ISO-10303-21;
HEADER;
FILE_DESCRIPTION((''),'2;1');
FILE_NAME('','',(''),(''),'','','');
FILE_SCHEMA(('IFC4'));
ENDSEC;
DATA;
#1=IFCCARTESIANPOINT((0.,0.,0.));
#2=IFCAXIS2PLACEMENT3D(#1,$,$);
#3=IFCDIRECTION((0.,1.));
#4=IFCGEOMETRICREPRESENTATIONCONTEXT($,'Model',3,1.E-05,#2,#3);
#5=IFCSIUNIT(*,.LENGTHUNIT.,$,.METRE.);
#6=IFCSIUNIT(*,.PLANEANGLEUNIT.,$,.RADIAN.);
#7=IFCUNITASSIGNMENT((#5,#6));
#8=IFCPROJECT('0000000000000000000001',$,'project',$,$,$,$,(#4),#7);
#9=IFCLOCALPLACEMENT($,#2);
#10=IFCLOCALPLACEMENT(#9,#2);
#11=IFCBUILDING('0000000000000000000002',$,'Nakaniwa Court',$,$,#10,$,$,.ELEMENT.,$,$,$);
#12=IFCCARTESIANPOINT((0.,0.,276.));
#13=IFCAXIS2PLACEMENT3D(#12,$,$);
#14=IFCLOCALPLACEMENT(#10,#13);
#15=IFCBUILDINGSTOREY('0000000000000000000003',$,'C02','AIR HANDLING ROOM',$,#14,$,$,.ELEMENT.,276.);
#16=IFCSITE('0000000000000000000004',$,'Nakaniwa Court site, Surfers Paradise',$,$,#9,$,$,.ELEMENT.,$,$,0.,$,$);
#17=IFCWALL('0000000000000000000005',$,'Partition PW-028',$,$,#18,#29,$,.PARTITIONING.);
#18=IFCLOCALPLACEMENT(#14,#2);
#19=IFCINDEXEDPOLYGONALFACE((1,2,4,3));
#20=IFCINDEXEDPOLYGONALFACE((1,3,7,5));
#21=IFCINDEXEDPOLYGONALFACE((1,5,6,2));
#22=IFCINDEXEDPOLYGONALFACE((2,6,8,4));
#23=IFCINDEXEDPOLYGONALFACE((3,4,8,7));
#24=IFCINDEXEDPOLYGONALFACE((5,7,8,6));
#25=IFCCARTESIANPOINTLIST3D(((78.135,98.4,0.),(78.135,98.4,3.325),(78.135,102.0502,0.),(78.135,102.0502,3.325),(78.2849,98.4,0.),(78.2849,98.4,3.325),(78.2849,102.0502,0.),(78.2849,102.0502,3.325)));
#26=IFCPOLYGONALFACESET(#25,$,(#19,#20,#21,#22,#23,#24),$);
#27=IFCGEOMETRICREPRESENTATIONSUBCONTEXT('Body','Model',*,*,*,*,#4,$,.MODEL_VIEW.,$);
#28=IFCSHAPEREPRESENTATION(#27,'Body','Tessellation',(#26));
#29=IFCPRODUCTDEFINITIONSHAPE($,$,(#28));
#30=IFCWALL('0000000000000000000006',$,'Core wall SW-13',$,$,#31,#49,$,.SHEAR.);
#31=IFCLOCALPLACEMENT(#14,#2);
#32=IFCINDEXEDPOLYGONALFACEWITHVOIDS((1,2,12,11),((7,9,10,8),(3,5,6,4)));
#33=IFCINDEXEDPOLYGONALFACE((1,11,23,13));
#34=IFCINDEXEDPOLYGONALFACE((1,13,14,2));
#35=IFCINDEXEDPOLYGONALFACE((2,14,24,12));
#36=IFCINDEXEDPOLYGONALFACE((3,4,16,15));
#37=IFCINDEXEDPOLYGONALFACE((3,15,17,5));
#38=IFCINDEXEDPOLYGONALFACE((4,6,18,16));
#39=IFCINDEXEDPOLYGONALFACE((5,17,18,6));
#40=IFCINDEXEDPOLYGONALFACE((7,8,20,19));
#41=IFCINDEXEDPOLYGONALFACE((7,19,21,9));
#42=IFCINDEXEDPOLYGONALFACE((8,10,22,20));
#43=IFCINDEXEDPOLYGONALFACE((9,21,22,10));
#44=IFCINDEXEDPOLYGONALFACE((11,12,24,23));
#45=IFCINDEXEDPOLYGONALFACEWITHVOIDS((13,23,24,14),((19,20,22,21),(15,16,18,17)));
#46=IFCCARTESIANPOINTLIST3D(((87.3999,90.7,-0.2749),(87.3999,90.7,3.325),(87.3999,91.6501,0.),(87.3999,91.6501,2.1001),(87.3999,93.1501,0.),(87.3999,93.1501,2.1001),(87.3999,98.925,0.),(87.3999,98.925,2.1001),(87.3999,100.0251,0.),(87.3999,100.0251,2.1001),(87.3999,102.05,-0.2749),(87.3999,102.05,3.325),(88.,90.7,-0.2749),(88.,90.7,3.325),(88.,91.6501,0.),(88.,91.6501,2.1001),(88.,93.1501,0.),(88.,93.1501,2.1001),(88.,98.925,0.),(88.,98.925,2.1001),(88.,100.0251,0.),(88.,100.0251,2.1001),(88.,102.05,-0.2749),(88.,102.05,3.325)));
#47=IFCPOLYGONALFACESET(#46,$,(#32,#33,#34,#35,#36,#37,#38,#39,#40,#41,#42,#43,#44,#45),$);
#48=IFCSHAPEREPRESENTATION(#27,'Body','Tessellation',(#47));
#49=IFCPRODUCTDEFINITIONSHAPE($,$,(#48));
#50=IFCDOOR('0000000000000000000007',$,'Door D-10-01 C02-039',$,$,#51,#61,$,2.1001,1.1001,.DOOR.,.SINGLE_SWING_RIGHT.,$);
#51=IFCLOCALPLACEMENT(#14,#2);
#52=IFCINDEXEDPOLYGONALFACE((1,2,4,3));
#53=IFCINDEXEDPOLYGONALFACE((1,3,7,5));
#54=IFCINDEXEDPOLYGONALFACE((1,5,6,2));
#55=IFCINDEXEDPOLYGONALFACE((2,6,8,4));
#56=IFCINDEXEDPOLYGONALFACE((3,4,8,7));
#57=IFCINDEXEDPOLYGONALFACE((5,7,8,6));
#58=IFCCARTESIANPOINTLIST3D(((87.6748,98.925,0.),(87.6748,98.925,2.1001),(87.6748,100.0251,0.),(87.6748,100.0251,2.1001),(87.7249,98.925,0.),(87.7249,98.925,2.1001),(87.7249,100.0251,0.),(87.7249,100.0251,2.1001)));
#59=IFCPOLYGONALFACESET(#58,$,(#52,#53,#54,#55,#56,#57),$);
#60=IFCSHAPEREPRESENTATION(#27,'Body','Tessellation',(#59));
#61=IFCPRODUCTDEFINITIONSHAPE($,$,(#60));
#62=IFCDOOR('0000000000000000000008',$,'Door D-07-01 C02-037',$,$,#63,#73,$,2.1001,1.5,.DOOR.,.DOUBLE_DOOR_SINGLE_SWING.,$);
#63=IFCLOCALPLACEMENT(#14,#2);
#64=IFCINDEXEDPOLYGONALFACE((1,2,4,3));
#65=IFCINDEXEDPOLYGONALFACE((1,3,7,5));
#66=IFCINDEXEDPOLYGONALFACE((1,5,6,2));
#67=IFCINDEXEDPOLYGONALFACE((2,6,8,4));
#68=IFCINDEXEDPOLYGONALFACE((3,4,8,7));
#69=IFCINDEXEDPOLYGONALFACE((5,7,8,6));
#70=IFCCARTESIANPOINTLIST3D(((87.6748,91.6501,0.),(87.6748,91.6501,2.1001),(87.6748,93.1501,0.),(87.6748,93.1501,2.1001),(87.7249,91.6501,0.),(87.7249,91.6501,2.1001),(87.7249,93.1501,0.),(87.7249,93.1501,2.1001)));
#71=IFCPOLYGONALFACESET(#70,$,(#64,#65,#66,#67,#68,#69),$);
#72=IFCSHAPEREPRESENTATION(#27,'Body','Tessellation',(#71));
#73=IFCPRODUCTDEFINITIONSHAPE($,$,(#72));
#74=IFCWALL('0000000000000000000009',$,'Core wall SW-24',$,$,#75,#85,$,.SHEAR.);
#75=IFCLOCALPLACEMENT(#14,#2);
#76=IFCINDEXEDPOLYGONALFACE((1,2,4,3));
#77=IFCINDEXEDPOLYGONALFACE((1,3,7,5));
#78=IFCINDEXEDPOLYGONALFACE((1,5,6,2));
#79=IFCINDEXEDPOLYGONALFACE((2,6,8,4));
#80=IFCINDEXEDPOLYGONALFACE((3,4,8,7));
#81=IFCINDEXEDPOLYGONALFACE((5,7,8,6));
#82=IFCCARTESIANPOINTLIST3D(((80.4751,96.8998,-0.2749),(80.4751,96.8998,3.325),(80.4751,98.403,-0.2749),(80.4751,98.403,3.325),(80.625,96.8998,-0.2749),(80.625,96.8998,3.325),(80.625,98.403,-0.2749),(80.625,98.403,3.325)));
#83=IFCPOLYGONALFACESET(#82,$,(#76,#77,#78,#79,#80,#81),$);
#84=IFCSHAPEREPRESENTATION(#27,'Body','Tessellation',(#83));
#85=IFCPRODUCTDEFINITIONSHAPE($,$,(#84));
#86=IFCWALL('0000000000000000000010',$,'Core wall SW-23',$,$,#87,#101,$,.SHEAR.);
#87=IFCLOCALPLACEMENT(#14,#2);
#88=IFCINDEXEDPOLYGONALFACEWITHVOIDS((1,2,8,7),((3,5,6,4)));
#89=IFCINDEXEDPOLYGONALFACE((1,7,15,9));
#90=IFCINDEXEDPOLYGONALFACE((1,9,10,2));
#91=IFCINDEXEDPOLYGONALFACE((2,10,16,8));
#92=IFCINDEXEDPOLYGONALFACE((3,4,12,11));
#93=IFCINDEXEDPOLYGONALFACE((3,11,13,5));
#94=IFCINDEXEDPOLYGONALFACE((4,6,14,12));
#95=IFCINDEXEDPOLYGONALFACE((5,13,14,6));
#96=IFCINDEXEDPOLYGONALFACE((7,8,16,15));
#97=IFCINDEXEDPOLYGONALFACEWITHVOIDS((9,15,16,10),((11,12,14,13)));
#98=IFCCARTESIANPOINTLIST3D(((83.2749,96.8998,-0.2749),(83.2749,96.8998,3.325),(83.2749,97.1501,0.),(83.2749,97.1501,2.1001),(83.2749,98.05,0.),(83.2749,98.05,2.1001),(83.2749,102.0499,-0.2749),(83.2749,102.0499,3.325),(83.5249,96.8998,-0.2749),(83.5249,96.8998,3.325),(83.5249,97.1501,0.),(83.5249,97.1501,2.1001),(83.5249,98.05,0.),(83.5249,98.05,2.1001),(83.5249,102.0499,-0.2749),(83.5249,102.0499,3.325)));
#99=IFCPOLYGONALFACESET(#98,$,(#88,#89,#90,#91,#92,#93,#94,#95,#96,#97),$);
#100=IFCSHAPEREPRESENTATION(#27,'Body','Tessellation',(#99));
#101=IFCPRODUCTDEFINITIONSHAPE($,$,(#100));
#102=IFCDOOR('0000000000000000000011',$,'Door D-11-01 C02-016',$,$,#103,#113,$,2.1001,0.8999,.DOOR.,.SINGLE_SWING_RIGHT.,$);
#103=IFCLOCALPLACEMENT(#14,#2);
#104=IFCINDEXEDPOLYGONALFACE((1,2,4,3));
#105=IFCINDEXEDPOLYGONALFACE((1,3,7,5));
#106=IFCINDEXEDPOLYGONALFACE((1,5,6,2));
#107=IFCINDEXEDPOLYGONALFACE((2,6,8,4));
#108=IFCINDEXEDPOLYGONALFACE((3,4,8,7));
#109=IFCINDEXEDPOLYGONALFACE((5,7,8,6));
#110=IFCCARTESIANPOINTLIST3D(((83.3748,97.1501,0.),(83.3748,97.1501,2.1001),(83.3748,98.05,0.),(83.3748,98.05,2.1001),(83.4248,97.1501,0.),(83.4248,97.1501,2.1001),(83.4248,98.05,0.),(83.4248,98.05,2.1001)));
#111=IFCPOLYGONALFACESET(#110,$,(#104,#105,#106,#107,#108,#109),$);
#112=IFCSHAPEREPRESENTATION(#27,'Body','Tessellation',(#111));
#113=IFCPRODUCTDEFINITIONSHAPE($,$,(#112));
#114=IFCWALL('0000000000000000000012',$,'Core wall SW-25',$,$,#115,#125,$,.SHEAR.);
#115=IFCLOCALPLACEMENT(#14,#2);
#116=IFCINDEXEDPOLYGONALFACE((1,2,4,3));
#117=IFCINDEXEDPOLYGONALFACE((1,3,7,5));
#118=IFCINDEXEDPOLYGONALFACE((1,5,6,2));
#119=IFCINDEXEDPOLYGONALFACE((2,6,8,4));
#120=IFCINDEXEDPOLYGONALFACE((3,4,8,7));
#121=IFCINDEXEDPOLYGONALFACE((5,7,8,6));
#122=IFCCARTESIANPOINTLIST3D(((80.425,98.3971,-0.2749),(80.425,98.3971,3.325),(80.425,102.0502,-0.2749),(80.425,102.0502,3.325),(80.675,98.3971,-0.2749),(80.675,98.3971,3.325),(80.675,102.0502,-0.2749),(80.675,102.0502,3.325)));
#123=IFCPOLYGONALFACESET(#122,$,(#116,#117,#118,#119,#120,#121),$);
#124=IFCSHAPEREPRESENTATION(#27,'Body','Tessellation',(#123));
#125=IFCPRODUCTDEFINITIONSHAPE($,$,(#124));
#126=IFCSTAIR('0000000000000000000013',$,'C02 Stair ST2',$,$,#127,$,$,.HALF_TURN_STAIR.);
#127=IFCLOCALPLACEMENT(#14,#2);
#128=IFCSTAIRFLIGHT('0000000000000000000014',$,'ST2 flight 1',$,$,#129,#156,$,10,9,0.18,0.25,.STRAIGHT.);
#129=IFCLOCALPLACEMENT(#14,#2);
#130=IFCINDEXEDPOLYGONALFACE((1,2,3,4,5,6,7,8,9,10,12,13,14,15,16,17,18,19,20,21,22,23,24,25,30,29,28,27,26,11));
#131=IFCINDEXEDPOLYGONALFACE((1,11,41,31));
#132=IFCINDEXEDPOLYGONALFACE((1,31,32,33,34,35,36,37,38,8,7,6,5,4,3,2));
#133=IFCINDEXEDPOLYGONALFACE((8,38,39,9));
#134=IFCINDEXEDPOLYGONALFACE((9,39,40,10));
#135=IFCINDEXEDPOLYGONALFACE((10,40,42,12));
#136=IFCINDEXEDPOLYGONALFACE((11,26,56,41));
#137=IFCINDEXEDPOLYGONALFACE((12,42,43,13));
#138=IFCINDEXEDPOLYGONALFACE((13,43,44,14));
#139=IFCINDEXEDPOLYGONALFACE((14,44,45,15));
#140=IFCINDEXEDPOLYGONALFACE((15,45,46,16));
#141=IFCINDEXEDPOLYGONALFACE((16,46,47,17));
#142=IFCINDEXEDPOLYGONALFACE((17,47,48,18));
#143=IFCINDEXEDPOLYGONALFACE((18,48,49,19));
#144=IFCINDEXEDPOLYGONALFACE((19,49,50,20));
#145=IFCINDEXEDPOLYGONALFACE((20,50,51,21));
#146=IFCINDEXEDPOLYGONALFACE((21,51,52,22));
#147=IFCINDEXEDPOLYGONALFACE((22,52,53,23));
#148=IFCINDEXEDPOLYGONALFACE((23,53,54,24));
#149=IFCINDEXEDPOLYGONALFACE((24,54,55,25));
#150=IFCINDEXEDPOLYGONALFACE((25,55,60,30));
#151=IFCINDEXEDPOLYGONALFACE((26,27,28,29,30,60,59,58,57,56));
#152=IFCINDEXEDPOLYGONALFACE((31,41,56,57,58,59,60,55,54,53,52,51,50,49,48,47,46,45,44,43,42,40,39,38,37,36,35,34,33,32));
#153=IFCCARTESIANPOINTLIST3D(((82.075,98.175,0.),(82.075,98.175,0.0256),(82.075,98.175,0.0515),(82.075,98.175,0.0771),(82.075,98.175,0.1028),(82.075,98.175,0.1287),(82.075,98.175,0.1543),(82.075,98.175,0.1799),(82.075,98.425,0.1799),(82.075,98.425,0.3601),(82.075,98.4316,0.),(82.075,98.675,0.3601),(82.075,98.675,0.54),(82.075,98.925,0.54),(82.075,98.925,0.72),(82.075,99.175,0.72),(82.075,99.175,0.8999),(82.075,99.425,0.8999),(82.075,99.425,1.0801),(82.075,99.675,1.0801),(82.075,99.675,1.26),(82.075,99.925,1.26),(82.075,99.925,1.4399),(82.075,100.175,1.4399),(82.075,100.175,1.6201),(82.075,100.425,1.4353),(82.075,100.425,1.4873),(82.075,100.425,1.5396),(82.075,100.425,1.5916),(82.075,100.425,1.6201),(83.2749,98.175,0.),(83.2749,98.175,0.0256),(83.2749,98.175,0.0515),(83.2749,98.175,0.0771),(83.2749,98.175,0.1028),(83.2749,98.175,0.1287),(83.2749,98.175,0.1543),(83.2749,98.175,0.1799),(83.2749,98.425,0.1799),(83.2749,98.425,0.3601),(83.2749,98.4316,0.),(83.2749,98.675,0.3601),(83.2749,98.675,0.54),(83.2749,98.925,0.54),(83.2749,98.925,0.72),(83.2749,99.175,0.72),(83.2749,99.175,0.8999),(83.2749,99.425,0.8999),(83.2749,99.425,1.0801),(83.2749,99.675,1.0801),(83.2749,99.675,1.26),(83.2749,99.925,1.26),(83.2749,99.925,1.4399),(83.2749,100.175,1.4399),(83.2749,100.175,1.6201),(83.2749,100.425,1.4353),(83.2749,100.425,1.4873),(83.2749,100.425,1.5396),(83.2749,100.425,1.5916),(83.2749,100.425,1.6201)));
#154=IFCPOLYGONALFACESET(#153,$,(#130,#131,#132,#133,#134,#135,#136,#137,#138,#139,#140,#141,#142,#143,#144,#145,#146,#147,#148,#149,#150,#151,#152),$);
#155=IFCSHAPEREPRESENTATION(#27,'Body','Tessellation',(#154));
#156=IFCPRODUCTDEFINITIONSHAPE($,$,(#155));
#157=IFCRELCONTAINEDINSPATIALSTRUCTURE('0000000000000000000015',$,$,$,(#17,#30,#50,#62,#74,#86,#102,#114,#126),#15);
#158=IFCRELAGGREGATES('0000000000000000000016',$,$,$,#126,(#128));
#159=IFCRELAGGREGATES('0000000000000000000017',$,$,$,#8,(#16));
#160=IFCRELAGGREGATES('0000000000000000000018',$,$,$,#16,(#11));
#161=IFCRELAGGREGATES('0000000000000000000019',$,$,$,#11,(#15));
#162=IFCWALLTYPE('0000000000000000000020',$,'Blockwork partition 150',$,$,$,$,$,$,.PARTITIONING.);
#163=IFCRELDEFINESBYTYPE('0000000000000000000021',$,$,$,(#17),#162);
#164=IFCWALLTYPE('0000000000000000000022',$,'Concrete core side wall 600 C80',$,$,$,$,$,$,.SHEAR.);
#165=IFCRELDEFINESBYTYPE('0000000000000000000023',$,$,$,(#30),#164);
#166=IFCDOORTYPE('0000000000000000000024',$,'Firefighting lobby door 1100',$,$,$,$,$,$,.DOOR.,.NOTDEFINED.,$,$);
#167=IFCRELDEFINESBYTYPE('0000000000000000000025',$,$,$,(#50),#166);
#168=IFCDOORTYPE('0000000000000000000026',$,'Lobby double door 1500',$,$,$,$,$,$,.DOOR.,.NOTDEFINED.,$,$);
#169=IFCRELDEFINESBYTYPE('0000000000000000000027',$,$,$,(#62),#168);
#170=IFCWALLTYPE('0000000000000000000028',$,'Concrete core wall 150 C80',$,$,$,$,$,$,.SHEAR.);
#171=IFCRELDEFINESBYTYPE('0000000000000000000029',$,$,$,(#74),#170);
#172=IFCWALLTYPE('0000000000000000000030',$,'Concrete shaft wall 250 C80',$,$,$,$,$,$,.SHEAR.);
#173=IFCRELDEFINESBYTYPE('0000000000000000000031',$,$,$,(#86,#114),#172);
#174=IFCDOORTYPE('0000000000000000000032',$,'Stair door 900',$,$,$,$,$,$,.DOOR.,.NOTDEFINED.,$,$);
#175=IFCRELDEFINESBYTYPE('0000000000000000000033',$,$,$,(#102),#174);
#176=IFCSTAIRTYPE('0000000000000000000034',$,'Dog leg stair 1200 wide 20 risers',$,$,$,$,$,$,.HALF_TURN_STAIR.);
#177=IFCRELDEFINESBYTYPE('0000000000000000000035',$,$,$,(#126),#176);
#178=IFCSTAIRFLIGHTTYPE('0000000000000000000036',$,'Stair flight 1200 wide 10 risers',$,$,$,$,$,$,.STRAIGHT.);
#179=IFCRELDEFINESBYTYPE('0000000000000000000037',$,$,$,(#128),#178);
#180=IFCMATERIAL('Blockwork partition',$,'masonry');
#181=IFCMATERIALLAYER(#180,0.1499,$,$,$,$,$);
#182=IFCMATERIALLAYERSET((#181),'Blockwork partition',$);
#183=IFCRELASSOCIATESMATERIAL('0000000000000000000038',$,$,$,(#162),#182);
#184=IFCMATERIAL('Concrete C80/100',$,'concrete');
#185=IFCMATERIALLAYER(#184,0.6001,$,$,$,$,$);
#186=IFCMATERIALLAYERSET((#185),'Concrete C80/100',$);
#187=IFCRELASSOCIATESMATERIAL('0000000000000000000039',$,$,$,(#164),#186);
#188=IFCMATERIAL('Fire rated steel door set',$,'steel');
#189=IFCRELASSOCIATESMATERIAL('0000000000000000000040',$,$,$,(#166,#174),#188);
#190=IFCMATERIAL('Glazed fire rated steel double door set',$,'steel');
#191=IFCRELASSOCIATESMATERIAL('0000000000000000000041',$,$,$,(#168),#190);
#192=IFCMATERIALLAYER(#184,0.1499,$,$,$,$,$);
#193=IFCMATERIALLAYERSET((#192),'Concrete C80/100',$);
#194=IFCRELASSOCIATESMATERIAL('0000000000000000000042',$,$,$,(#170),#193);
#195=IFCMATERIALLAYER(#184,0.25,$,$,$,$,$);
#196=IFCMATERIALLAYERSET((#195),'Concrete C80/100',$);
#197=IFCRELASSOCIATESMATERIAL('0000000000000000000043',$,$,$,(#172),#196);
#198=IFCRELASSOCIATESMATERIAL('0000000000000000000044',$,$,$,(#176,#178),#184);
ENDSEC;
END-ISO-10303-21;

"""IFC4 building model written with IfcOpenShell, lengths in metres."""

from ifc_helpers import new_model, si_unit, direction, frame, frame_2d, origin, place, context, subcontext, project, spatial, polyline, rectangle, outline, extrude, material, layer, layer_set, type_object, element, fill, aggregate, save


model = new_model("IFC4")

# Units and contexts
model_context = context("Model", 3, precision=1e-05, world=origin(), true_north=direction((0.0, 1.0)))
body_context = subcontext(model_context, "Body", "Model", "MODEL_VIEW")
ifc_project = project(units=[si_unit("LENGTHUNIT", "METRE"), si_unit("PLANEANGLEUNIT", "RADIAN")], contexts=[model_context])

# Site, building, storey
site_placement = place(None, origin())
site = spatial("IfcSite", under=ifc_project, at=site_placement, Name="Nakaniwa Court site, Surfers Paradise", CompositionType="ELEMENT", RefElevation=0.0)
building_placement = place(site_placement, origin())
building = spatial("IfcBuilding", under=site, at=building_placement, Name="Nakaniwa Court", CompositionType="ELEMENT")
storey_placement = place(building_placement, frame((0.0, 0.0, 276.0)))
storey = spatial("IfcBuildingStorey", under=building, at=storey_placement, Name="C02", Description="AIR HANDLING ROOM", CompositionType="ELEMENT", Elevation=276.0)

# Wall
ifc_material_1 = material(Name="Blockwork partition", Category="masonry")
ifc_layer_1 = layer(ifc_material_1, 0.1499)
ifc_layer_set_1 = layer_set([ifc_layer_1], Name="Blockwork partition")
wall_type_1 = type_object("IfcWallType", Name="Blockwork partition 150", PredefinedType="PARTITIONING", material=ifc_layer_set_1)
wall_1_placement = place(storey_placement, frame((78.21, 98.3999, 0.0), z_axis=(0.0, 0.0, 1.0), x_axis=(0.0, 1.0, 0.0)))
element("IfcWall", 1, at=wall_1_placement, inside=storey, type_object=wall_type_1, Name="Partition PW-028", PredefinedType="PARTITIONING", context=body_context, shape_type="SweptSolid", body=[
    extrude(rectangle(XDim=3.6501, YDim=0.1499, at=frame_2d((1.8252, 0.0))), origin(), (0.0, 0.0, 1.0), 3.325),
])

# Wall, openings, doors
ifc_material_2 = material(Name="Concrete C80/100", Category="concrete")
ifc_layer_2 = layer(ifc_material_2, 0.6001)
ifc_layer_set_2 = layer_set([ifc_layer_2], Name="Concrete C80/100")
wall_type_2 = type_object("IfcWallType", Name="Concrete core side wall 600 C80", PredefinedType="SHEAR", material=ifc_layer_set_2)
wall_2_placement = place(storey_placement, frame((87.7, 102.05, -0.2749), z_axis=(0.0, 0.0, 1.0), x_axis=(0.0, -1.0, 0.0)))
wall_2 = element("IfcWall", 2, at=wall_2_placement, inside=storey, type_object=wall_type_2, Name="Core wall SW-13", PredefinedType="SHEAR", context=body_context, shape_type="SweptSolid", body=[
    extrude(rectangle(XDim=11.3501, YDim=0.6001, at=frame_2d((5.675, 0.0))), origin(), (0.0, 0.0, 1.0), 3.5999),
])
opening_1_placement = place(wall_2_placement, frame((8.8999, 0.0, 0.2749)))
opening_1 = element("IfcOpeningElement", 3, at=opening_1_placement, cuts=wall_2, PredefinedType="OPENING", context=body_context, shape_type="SweptSolid", body=[
    extrude(rectangle(XDim=1.5, YDim=2.1001, at=frame_2d((0.75, 1.05))), frame((0.0, 0.3101, 0.0), z_axis=(0.0, -1.0, 0.0), x_axis=(1.0, 0.0, 0.0)), (0.0, 0.0, 1.0), 0.6201),
])
opening_2_placement = place(wall_2_placement, frame((2.0249, 0.0, 0.2749)))
opening_2 = element("IfcOpeningElement", 4, at=opening_2_placement, cuts=wall_2, PredefinedType="OPENING", context=body_context, shape_type="SweptSolid", body=[
    extrude(rectangle(XDim=1.1001, YDim=2.1001, at=frame_2d((0.55, 1.05))), frame((0.0, 0.3101, 0.0), z_axis=(0.0, -1.0, 0.0), x_axis=(1.0, 0.0, 0.0)), (0.0, 0.0, 1.0), 0.6201),
])
ifc_material_3 = material(Name="Fire rated steel door set", Category="steel")
door_type_1 = type_object("IfcDoorType", Name="Firefighting lobby door 1100", OperationType="NOTDEFINED", PredefinedType="DOOR", material=ifc_material_3)
door_1_placement = place(opening_2_placement, origin())
door_1 = element("IfcDoor", 5, at=door_1_placement, inside=storey, type_object=door_type_1, Name="Door D-10-01 C02-039", OperationType="SINGLE_SWING_RIGHT", OverallHeight=2.1001, OverallWidth=1.1001, PredefinedType="DOOR", context=body_context, shape_type="SweptSolid", body=[
    extrude(rectangle(XDim=1.1001, YDim=2.1001, at=frame_2d((0.55, 1.05))), frame((0.0, 0.0249, 0.0), z_axis=(0.0, -1.0, 0.0), x_axis=(1.0, 0.0, 0.0)), (0.0, 0.0, 1.0), 0.05),
])
fill(opening_2, door_1)
ifc_material_4 = material(Name="Glazed fire rated steel double door set", Category="steel")
door_type_2 = type_object("IfcDoorType", Name="Lobby double door 1500", OperationType="NOTDEFINED", PredefinedType="DOOR", material=ifc_material_4)
door_2_placement = place(opening_1_placement, origin())
door_2 = element("IfcDoor", 6, at=door_2_placement, inside=storey, type_object=door_type_2, Name="Door D-07-01 C02-037", OperationType="DOUBLE_DOOR_SINGLE_SWING", OverallHeight=2.1001, OverallWidth=1.5, PredefinedType="DOOR", context=body_context, shape_type="SweptSolid", body=[
    extrude(rectangle(XDim=1.5, YDim=2.1001, at=frame_2d((0.75, 1.05))), frame((0.0, 0.0249, 0.0), z_axis=(0.0, -1.0, 0.0), x_axis=(1.0, 0.0, 0.0)), (0.0, 0.0, 1.0), 0.05),
])
fill(opening_1, door_2)

# Wall
ifc_layer_3 = layer(ifc_material_2, 0.1499)
ifc_layer_set_3 = layer_set([ifc_layer_3], Name="Concrete C80/100")
wall_type_3 = type_object("IfcWallType", Name="Concrete core wall 150 C80", PredefinedType="SHEAR", material=ifc_layer_set_3)
wall_3_placement = place(storey_placement, frame((80.55, 96.8999, -0.2749), z_axis=(0.0, 0.0, 1.0), x_axis=(0.0, 1.0, 0.0)))
element("IfcWall", 7, at=wall_3_placement, inside=storey, type_object=wall_type_3, Name="Core wall SW-24", PredefinedType="SHEAR", context=body_context, shape_type="SweptSolid", body=[
    extrude(rectangle(XDim=1.5032, YDim=0.1499, at=frame_2d((0.7515, 0.0))), origin(), (0.0, 0.0, 1.0), 3.5999),
])

# Wall, opening, door
ifc_layer_4 = layer(ifc_material_2, 0.25)
ifc_layer_set_4 = layer_set([ifc_layer_4], Name="Concrete C80/100")
wall_type_4 = type_object("IfcWallType", Name="Concrete shaft wall 250 C80", PredefinedType="SHEAR", material=ifc_layer_set_4)
wall_4_placement = place(storey_placement, frame((83.3999, 102.05, -0.2749), z_axis=(0.0, 0.0, 1.0), x_axis=(0.0, -1.0, 0.0)))
wall_4 = element("IfcWall", 8, at=wall_4_placement, inside=storey, type_object=wall_type_4, Name="Core wall SW-23", PredefinedType="SHEAR", context=body_context, shape_type="SweptSolid", body=[
    extrude(rectangle(XDim=5.1501, YDim=0.25, at=frame_2d((2.5752, 0.0))), origin(), (0.0, 0.0, 1.0), 3.5999),
])
opening_3_placement = place(wall_4_placement, frame((4.0, 0.0, 0.2749)))
opening_3 = element("IfcOpeningElement", 9, at=opening_3_placement, cuts=wall_4, PredefinedType="OPENING", context=body_context, shape_type="SweptSolid", body=[
    extrude(rectangle(XDim=0.8999, YDim=2.1001, at=frame_2d((0.45, 1.05))), frame((0.0, 0.135, 0.0), z_axis=(0.0, -1.0, 0.0), x_axis=(1.0, 0.0, 0.0)), (0.0, 0.0, 1.0), 0.27),
])
door_type_3 = type_object("IfcDoorType", Name="Stair door 900", OperationType="NOTDEFINED", PredefinedType="DOOR", material=ifc_material_3)
door_3_placement = place(opening_3_placement, origin())
door_3 = element("IfcDoor", 10, at=door_3_placement, inside=storey, type_object=door_type_3, Name="Door D-11-01 C02-016", OperationType="SINGLE_SWING_RIGHT", OverallHeight=2.1001, OverallWidth=0.8999, PredefinedType="DOOR", context=body_context, shape_type="SweptSolid", body=[
    extrude(rectangle(XDim=0.8999, YDim=2.1001, at=frame_2d((0.45, 1.05))), frame((0.0, 0.0249, 0.0), z_axis=(0.0, -1.0, 0.0), x_axis=(1.0, 0.0, 0.0)), (0.0, 0.0, 1.0), 0.05),
])
fill(opening_3, door_3)

# Wall
wall_5_placement = place(storey_placement, frame((80.55, 98.397, -0.2749), z_axis=(0.0, 0.0, 1.0), x_axis=(0.0, 1.0, 0.0)))
element("IfcWall", 11, at=wall_5_placement, inside=storey, type_object=wall_type_4, Name="Core wall SW-25", PredefinedType="SHEAR", context=body_context, shape_type="SweptSolid", body=[
    extrude(rectangle(XDim=3.6531, YDim=0.25, at=frame_2d((1.8267, 0.0))), origin(), (0.0, 0.0, 1.0), 3.5999),
])

# Stair, stair flight
stair_type = type_object("IfcStairType", Name="Dog leg stair 1200 wide 20 risers", PredefinedType="HALF_TURN_STAIR", material=ifc_material_2)
stair_placement = place(storey_placement, origin())
stair = element("IfcStair", 12, at=stair_placement, inside=storey, type_object=stair_type, Name="C02 Stair ST2", PredefinedType="HALF_TURN_STAIR")
stair_flight_type = type_object("IfcStairFlightType", Name="Stair flight 1200 wide 10 risers", PredefinedType="STRAIGHT", material=ifc_material_2)
stair_flight_1_placement = place(storey_placement, frame((82.675, 98.175, 0.0), z_axis=(0.0, 0.0, 1.0), x_axis=(0.0, 1.0, 0.0)))
stair_flight_1 = element("IfcStairFlight", 13, at=stair_flight_1_placement, type_object=stair_flight_type, Name="ST2 flight 1", NumberOfRisers=10, NumberOfTreads=9, PredefinedType="STRAIGHT", RiserHeight=0.18, TreadLength=0.25, context=body_context, shape_type="SweptSolid", body=[
    extrude(outline(polyline([(0.0, 0.0), (0.0, 0.0256), (0.0, 0.0515), (0.0, 0.0771), (0.0, 0.1028), (0.0, 0.1287), (0.0, 0.1543), (0.0, 0.1799), (0.25, 0.1799), (0.25, 0.3601), (0.5, 0.3601), (0.5, 0.54), (0.75, 0.54), (0.75, 0.72), (1.0, 0.72), (1.0, 0.8999), (1.25, 0.8999), (1.25, 1.0801), (1.5, 1.0801), (1.5, 1.26), (1.75, 1.26), (1.75, 1.4399), (2.0, 1.4399), (2.0, 1.6201), (2.25, 1.6201), (2.25, 1.8), (2.25, 1.7478), (2.25, 1.6958), (2.25, 1.6438), (2.25, 1.5916), (2.25, 1.5396), (2.25, 1.4873), (2.25, 1.4353), (0.2566, 0.0), (0.0, 0.0)])), frame((0.0, 0.6001, 0.0), z_axis=(0.0, -1.0, 0.0), x_axis=(1.0, 0.0, 0.0)), (0.0, 0.0, 1.0), 1.2),
])
aggregate(stair, [stair_flight_1])

save(model, "model.ifc")
